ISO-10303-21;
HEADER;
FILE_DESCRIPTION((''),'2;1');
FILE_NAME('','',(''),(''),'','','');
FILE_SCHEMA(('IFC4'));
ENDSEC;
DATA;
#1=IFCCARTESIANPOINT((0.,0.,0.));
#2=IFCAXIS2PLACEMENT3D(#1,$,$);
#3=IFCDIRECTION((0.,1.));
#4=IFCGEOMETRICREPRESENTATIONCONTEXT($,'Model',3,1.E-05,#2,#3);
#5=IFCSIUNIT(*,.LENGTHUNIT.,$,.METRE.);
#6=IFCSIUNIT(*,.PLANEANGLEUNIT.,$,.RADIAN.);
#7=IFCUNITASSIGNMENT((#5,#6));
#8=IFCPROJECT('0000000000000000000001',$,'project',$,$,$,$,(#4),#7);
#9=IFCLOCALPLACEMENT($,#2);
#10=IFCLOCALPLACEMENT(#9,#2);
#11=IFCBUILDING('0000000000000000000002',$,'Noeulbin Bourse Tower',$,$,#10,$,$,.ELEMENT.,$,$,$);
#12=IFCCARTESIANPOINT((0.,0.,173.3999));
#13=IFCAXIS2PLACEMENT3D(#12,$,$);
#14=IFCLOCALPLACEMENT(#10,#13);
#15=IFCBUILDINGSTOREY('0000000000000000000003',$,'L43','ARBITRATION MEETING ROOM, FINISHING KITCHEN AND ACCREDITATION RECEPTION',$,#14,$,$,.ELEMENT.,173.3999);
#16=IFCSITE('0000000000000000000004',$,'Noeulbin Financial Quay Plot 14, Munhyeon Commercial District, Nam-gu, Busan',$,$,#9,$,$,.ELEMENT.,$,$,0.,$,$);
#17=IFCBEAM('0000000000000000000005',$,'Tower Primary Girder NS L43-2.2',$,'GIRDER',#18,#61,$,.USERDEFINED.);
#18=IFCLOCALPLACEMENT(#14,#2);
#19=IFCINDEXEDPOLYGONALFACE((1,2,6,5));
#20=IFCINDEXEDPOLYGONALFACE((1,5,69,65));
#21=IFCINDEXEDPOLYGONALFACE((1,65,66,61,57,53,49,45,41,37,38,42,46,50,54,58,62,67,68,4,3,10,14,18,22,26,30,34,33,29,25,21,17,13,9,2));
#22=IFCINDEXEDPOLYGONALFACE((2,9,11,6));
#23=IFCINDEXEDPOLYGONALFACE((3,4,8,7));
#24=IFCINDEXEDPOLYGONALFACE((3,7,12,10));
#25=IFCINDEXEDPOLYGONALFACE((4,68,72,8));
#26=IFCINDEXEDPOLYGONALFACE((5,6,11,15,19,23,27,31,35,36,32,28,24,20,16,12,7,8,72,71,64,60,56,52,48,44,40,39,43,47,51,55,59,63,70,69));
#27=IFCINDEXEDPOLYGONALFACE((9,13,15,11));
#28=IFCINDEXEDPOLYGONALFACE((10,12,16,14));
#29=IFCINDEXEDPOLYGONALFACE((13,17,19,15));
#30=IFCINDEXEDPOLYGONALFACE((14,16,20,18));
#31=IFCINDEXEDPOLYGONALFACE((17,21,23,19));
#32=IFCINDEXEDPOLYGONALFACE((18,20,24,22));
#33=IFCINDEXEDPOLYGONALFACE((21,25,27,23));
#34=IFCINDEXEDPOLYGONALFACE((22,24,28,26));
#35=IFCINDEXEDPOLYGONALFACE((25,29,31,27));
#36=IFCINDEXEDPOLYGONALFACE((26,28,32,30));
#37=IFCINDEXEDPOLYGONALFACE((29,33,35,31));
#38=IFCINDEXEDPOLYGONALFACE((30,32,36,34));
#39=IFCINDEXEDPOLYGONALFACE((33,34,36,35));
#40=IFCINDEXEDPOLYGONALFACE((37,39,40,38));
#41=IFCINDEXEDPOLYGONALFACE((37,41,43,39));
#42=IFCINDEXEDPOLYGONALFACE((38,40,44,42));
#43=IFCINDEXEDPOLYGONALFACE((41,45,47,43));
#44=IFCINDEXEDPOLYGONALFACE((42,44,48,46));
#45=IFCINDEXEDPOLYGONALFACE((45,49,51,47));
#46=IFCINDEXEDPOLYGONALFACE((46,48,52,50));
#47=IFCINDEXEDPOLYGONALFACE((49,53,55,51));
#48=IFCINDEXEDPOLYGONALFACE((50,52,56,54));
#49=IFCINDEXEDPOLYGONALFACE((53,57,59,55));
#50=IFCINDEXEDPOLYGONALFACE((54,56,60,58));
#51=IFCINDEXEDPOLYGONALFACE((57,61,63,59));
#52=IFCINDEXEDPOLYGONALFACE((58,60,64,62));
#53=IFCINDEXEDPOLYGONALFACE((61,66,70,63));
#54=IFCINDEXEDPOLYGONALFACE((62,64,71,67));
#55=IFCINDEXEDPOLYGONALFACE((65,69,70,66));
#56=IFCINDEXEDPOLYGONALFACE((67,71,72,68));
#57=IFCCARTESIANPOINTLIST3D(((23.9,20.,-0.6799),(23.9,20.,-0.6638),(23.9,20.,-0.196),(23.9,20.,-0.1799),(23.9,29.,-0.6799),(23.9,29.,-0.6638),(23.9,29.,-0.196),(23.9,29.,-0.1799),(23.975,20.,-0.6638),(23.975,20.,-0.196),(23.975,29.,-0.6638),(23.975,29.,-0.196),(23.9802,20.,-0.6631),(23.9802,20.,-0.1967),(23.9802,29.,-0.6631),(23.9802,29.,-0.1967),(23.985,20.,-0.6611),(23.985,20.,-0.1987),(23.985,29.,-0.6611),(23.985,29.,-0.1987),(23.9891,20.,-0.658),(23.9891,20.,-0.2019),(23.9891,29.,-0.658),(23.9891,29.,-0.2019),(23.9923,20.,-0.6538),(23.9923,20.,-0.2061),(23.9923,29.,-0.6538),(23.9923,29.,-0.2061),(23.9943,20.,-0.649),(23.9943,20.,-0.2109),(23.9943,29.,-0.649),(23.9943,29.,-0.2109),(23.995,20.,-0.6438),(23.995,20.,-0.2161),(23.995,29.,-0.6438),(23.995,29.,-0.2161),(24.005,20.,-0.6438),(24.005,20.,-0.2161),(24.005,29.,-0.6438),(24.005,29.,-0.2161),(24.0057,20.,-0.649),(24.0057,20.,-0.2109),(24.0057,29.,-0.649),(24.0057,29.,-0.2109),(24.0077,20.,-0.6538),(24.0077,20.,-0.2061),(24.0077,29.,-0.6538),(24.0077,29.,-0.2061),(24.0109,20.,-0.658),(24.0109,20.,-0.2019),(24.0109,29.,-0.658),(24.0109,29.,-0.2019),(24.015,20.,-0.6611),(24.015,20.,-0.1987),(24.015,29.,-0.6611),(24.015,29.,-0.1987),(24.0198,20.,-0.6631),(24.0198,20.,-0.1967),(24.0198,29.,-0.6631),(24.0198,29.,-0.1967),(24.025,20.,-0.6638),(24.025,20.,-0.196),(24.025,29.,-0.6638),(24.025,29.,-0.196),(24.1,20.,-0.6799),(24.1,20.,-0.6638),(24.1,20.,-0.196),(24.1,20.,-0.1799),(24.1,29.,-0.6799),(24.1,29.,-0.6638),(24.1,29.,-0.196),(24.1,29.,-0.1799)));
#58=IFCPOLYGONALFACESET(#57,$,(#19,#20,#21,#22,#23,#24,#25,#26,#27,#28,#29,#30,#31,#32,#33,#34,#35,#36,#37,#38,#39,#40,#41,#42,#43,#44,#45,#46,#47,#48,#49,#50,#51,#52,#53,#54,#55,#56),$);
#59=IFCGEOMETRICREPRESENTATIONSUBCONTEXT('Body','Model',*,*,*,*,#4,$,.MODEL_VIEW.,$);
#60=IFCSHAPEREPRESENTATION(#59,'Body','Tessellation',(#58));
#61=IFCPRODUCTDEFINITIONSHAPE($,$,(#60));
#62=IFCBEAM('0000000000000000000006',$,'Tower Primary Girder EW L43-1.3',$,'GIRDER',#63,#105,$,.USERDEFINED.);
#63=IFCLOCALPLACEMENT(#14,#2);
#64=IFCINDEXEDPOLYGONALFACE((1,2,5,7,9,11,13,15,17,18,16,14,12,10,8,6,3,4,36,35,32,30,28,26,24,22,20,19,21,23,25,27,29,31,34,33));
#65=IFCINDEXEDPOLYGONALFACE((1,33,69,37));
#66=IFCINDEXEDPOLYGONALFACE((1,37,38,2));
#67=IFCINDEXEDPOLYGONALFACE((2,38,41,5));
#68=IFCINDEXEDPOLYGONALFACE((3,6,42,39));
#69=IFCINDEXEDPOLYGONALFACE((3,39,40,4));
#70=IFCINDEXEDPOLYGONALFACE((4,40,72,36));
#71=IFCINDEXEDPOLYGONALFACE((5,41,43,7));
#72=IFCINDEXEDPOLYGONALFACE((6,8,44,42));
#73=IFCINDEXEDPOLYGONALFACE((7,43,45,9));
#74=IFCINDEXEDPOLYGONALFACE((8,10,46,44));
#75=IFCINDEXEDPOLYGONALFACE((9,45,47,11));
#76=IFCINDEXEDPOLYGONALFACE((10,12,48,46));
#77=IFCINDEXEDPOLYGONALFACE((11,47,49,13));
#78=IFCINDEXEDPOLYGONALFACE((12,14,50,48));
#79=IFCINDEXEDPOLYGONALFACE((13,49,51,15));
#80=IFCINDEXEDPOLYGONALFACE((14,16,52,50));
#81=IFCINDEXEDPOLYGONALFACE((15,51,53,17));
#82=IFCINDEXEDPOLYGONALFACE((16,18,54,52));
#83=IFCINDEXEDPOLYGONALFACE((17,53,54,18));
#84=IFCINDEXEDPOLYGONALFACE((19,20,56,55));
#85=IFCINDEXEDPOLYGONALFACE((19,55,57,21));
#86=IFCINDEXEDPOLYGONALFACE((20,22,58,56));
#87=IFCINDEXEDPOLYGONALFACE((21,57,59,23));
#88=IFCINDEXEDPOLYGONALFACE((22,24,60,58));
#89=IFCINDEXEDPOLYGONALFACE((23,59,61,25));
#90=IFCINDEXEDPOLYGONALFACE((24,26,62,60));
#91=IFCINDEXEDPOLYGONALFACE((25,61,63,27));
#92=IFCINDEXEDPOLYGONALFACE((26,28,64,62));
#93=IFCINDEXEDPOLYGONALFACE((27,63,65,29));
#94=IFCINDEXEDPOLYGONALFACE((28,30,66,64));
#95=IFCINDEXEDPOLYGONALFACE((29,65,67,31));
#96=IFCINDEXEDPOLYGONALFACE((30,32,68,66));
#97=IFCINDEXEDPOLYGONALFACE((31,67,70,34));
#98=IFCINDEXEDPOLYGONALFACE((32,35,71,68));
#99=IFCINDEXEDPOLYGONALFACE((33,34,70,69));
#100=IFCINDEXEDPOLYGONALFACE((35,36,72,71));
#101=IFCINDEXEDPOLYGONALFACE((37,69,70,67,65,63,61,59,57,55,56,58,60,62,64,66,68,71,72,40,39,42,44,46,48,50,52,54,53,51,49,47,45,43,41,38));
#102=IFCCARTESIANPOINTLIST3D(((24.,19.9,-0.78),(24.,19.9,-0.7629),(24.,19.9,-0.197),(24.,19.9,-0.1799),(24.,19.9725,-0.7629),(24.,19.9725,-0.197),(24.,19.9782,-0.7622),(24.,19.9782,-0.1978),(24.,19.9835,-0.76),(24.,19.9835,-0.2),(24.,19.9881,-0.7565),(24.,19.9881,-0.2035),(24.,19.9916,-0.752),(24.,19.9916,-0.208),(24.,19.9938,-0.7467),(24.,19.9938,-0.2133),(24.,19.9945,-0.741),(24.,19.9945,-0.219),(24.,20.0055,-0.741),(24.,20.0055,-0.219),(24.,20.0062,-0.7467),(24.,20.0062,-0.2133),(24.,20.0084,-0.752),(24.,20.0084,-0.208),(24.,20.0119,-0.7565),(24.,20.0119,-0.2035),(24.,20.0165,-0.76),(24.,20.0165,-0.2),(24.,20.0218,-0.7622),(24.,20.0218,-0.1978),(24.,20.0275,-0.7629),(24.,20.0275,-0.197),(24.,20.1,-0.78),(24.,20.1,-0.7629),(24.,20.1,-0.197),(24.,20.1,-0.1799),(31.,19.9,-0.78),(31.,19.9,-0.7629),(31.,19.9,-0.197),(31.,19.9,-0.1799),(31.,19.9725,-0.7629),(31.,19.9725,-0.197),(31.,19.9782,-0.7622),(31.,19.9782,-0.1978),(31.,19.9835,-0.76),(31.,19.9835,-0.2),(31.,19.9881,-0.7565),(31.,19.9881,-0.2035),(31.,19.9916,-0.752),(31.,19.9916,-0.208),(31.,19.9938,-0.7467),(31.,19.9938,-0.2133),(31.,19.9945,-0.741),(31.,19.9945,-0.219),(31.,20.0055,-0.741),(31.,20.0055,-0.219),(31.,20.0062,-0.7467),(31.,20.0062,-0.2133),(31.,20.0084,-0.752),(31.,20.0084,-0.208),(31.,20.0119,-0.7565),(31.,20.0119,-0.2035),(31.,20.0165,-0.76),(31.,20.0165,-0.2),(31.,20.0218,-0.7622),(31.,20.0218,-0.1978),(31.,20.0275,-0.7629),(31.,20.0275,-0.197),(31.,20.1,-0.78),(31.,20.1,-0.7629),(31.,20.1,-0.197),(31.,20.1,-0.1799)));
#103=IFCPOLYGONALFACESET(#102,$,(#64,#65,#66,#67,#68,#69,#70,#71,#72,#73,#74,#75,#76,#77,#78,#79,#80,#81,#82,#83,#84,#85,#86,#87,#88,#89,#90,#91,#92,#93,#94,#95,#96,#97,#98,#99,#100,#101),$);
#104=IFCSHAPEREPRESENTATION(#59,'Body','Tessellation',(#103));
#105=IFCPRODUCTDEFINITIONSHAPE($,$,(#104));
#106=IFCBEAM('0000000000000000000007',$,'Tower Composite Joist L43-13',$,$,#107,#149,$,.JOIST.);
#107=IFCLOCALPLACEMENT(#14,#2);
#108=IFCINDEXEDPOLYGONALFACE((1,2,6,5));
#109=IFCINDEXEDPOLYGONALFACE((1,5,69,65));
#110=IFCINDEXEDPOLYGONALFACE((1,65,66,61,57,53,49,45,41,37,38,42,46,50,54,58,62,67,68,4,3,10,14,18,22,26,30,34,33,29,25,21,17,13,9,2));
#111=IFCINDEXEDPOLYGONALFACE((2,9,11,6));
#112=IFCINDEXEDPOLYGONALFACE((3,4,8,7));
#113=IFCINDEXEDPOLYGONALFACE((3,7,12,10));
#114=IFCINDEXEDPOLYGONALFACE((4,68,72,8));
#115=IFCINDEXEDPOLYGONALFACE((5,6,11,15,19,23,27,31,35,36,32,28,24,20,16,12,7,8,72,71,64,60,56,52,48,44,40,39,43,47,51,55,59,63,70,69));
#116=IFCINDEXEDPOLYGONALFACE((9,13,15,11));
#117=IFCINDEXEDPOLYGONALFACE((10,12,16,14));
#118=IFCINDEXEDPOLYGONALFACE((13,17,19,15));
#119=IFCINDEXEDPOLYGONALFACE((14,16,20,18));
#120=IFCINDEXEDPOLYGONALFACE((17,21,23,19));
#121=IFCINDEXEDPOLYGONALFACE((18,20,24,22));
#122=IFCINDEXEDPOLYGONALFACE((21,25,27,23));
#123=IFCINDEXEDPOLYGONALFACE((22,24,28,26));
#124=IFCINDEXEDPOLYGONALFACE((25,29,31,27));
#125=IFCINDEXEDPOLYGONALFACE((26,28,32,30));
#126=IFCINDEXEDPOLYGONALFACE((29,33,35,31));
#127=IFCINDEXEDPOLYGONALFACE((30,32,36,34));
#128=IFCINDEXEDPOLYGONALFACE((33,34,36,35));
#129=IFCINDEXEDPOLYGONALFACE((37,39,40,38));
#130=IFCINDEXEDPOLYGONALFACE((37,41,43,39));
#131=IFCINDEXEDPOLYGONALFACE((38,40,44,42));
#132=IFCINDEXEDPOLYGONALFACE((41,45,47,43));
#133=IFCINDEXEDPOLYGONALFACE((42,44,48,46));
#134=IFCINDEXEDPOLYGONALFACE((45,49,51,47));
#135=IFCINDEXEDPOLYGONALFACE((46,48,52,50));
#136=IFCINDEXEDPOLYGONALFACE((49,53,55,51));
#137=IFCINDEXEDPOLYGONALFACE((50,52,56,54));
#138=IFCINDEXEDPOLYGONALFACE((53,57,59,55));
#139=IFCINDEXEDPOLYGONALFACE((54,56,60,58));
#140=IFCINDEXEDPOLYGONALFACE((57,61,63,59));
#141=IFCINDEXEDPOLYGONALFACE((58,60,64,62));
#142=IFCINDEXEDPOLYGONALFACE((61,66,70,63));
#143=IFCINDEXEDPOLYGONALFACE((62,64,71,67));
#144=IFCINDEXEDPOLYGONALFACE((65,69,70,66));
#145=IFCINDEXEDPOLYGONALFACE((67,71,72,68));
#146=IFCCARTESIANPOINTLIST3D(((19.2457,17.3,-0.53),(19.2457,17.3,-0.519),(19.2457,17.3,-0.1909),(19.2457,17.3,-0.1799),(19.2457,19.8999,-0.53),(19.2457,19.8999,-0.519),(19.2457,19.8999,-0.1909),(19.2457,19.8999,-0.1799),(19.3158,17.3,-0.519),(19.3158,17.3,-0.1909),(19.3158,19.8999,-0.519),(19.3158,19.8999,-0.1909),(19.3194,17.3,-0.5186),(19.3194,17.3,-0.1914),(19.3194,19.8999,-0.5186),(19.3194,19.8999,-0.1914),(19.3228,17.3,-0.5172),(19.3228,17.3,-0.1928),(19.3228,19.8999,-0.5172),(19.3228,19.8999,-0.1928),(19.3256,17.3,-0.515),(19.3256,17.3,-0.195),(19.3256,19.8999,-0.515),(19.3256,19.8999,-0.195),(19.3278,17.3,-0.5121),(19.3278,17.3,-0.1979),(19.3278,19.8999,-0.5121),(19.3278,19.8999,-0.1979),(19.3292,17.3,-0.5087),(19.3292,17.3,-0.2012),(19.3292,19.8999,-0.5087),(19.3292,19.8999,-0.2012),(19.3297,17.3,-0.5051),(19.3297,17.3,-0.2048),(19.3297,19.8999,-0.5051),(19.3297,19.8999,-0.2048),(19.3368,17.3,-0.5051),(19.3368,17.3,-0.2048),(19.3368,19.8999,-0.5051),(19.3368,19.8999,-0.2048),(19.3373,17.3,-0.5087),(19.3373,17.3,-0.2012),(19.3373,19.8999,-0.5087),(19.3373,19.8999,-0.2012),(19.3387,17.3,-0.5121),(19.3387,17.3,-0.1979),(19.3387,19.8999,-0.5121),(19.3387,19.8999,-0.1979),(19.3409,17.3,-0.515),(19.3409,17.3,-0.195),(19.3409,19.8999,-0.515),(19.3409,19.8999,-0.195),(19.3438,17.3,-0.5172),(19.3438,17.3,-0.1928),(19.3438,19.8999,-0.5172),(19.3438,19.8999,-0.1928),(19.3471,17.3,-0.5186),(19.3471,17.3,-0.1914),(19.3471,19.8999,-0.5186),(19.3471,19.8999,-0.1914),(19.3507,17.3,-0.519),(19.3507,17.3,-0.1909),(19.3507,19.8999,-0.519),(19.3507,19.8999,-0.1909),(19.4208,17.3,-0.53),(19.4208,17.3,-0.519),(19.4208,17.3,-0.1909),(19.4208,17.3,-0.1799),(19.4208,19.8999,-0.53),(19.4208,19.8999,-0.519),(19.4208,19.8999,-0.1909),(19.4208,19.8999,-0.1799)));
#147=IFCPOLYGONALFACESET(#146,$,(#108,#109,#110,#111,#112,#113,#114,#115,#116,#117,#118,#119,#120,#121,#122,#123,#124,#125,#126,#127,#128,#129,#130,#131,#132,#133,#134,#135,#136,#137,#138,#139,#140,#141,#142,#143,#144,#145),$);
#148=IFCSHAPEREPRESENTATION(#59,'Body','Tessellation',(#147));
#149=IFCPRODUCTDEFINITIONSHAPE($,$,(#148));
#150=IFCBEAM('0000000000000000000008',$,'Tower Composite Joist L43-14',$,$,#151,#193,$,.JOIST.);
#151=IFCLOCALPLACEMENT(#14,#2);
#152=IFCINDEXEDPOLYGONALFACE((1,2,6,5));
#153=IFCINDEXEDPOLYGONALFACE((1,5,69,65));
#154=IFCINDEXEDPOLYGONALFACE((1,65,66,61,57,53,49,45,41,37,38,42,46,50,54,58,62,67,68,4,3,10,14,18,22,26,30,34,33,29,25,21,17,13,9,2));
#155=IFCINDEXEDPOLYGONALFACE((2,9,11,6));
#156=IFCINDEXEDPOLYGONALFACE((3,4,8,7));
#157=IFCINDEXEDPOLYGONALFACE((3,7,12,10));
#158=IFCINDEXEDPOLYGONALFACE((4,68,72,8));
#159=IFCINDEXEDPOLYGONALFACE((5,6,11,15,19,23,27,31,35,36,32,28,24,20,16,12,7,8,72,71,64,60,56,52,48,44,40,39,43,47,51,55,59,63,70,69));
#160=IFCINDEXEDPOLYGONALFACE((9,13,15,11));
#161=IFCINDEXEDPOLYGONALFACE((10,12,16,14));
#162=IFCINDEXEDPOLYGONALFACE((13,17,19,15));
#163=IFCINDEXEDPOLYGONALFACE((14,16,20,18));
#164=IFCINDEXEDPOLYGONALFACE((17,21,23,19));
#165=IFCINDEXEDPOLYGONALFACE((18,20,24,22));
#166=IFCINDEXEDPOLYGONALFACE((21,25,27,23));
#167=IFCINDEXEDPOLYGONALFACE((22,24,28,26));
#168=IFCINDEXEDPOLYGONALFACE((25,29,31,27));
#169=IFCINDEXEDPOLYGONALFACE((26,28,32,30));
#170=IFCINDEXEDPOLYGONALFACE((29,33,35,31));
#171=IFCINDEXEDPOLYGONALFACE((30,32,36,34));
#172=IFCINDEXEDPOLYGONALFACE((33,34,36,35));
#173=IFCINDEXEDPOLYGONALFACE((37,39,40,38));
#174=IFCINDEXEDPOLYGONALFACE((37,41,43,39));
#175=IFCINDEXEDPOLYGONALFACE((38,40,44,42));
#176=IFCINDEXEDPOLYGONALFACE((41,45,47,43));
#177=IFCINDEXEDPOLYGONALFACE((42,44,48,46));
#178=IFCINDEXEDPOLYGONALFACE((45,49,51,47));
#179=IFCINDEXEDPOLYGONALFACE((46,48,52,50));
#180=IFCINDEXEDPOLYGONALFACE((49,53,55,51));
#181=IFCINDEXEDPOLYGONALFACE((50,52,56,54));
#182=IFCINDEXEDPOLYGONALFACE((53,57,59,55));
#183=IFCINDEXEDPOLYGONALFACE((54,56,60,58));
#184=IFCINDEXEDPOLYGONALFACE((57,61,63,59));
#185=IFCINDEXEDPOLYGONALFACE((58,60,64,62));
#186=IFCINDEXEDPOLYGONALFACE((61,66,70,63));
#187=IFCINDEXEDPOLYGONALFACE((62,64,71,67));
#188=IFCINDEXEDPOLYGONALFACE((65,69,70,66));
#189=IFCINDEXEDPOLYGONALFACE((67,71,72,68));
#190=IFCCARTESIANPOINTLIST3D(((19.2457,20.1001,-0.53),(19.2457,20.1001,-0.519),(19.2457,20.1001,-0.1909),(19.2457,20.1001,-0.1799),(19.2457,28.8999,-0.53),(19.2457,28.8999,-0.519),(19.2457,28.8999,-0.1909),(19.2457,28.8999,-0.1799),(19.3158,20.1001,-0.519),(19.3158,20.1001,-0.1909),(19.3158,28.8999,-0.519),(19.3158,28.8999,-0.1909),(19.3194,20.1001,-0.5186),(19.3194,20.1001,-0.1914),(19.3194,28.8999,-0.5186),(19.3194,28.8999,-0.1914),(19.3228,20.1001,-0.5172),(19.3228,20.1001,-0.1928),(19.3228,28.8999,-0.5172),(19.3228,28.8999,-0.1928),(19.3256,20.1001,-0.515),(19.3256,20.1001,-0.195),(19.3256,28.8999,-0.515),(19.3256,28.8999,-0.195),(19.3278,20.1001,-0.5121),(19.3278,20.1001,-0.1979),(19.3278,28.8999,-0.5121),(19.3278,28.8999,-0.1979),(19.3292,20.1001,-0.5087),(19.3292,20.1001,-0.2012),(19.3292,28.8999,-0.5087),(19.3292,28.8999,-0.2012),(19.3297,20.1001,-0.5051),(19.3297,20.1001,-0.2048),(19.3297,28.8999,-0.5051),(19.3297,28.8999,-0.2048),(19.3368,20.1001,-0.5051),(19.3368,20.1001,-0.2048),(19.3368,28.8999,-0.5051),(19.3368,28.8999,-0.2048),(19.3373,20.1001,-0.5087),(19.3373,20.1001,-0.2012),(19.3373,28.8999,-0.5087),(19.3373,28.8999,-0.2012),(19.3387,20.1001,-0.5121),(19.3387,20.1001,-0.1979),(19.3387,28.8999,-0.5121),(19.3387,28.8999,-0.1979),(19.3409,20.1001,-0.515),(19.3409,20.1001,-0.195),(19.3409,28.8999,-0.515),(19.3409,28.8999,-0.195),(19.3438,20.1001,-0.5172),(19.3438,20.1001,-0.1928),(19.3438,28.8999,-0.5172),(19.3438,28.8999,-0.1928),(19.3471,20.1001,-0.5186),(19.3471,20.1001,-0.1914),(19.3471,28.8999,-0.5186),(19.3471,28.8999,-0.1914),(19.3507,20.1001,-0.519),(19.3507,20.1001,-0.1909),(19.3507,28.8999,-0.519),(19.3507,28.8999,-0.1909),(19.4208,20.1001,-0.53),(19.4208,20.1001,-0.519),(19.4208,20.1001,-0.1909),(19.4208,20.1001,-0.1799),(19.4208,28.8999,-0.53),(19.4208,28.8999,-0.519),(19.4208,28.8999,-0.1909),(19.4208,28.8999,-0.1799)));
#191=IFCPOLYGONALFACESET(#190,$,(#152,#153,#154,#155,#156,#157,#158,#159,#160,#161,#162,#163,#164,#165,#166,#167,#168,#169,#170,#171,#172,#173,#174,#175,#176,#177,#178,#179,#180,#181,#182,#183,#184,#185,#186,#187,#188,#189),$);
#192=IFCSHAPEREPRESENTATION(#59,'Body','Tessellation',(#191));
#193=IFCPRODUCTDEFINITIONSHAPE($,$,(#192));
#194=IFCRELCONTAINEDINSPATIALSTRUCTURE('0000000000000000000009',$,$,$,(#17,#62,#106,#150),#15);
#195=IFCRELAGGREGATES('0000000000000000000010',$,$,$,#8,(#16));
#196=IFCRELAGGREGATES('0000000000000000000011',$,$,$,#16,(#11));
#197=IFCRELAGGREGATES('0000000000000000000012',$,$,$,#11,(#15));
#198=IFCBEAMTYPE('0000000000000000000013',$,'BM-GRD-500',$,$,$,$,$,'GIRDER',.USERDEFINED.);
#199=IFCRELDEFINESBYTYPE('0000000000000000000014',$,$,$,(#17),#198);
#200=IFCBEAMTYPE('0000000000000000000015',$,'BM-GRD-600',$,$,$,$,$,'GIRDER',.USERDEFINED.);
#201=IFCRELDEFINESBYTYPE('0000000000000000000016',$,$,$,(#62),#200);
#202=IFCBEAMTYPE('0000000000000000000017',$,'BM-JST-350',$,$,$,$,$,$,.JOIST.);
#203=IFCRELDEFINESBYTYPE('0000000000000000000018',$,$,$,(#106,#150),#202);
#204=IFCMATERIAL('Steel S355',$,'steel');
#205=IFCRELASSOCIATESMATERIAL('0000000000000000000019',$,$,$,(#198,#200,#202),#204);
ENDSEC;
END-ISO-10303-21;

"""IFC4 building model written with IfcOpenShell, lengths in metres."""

from ifc_helpers import new_model, si_unit, direction, frame, origin, origin_2d, place, context, subcontext, project, spatial, i_section, extrude, material, material_profile, profile_set, type_object, element, save


model = new_model("IFC4")

# Units and contexts
model_context = context("Model", 3, precision=1e-05, world=origin(), true_north=direction((0.0, 1.0)))
body_context = subcontext(model_context, "Body", "Model", "MODEL_VIEW")
ifc_project = project(units=[si_unit("LENGTHUNIT", "METRE"), si_unit("PLANEANGLEUNIT", "RADIAN")], contexts=[model_context])

# Site, building, storey
site_placement = place(None, origin())
site = spatial("IfcSite", under=ifc_project, at=site_placement, Name="Noeulbin Financial Quay Plot 14, Munhyeon Commercial District, Nam-gu, Busan", CompositionType="ELEMENT", RefElevation=0.0)
building_placement = place(site_placement, origin())
building = spatial("IfcBuilding", under=site, at=building_placement, Name="Noeulbin Bourse Tower", CompositionType="ELEMENT")
storey_placement = place(building_placement, frame((0.0, 0.0, 173.3999)))
storey = spatial("IfcBuildingStorey", under=building, at=storey_placement, Name="L43", Description="ARBITRATION MEETING ROOM, FINISHING KITCHEN AND ACCREDITATION RECEPTION", CompositionType="ELEMENT", Elevation=173.3999)

# Shared definitions
ifc_material_1 = material(Name="Steel S355", Category="steel")

# Beams
ifc_material_profile_1 = material_profile(ifc_material_1, i_section(OverallWidth=0.2, OverallDepth=0.5, WebThickness=0.01, FlangeThickness=0.0161, FilletRadius=0.02, at=origin_2d()), Name="H-500x200x10x16", Category="LoadBearing")
ifc_profile_set_1 = profile_set([ifc_material_profile_1], Name="Steel S355")
beam_type_1 = type_object("IfcBeamType", Name="BM-GRD-500", ElementType="GIRDER", PredefinedType="USERDEFINED", material=ifc_profile_set_1)
beam_1_placement = place(storey_placement, frame((24.0, 20.0, -0.4299), z_axis=(0.0, 1.0, 0.0), x_axis=(-1.0, 0.0, 0.0)))
element("IfcBeam", 1, at=beam_1_placement, inside=storey, type_object=beam_type_1, Name="Tower Primary Girder NS L43-2.2", ObjectType="GIRDER", PredefinedType="USERDEFINED", context=body_context, shape_type="SweptSolid", body=[
    extrude(i_section(OverallWidth=0.2, OverallDepth=0.5, WebThickness=0.01, FlangeThickness=0.0161, FilletRadius=0.02, at=origin_2d()), origin(), (0.0, 0.0, 1.0), 9.0),
])
ifc_material_profile_2 = material_profile(ifc_material_1, i_section(OverallWidth=0.2, OverallDepth=0.6001, WebThickness=0.011, FlangeThickness=0.0171, FilletRadius=0.022, at=origin_2d()), Name="H-600x200x11x17", Category="LoadBearing")
ifc_profile_set_2 = profile_set([ifc_material_profile_2], Name="Steel S355")
beam_type_2 = type_object("IfcBeamType", Name="BM-GRD-600", ElementType="GIRDER", PredefinedType="USERDEFINED", material=ifc_profile_set_2)
beam_2_placement = place(storey_placement, frame((24.0, 20.0, -0.48), z_axis=(1.0, 0.0, 0.0), x_axis=(0.0, 1.0, 0.0)))
element("IfcBeam", 2, at=beam_2_placement, inside=storey, type_object=beam_type_2, Name="Tower Primary Girder EW L43-1.3", ObjectType="GIRDER", PredefinedType="USERDEFINED", context=body_context, shape_type="SweptSolid", body=[
    extrude(i_section(OverallWidth=0.2, OverallDepth=0.6001, WebThickness=0.011, FlangeThickness=0.0171, FilletRadius=0.022, at=origin_2d()), origin(), (0.0, 0.0, 1.0), 7.0),
])
ifc_material_profile_3 = material_profile(ifc_material_1, i_section(OverallWidth=0.175, OverallDepth=0.3501, WebThickness=0.0071, FlangeThickness=0.011, FilletRadius=0.0139, at=origin_2d()), Name="H-350x175x7x11", Category="LoadBearing")
ifc_profile_set_3 = profile_set([ifc_material_profile_3], Name="Steel S355")
beam_type_3 = type_object("IfcBeamType", Name="BM-JST-350", PredefinedType="JOIST", material=ifc_profile_set_3)
beam_3_placement = place(storey_placement, frame((19.3333, 17.3, -0.355), z_axis=(0.0, 1.0, 0.0), x_axis=(-1.0, 0.0, 0.0)))
element("IfcBeam", 3, at=beam_3_placement, inside=storey, type_object=beam_type_3, Name="Tower Composite Joist L43-13", PredefinedType="JOIST", context=body_context, shape_type="SweptSolid", body=[
    extrude(i_section(OverallWidth=0.175, OverallDepth=0.3501, WebThickness=0.0071, FlangeThickness=0.011, FilletRadius=0.0139, at=origin_2d()), origin(), (0.0, 0.0, 1.0), 2.5999),
])
beam_4_placement = place(storey_placement, frame((19.3333, 20.1001, -0.355), z_axis=(0.0, 1.0, 0.0), x_axis=(-1.0, 0.0, 0.0)))
element("IfcBeam", 4, at=beam_4_placement, inside=storey, type_object=beam_type_3, Name="Tower Composite Joist L43-14", PredefinedType="JOIST", context=body_context, shape_type="SweptSolid", body=[
    extrude(i_section(OverallWidth=0.175, OverallDepth=0.3501, WebThickness=0.0071, FlangeThickness=0.011, FilletRadius=0.0139, at=origin_2d()), origin(), (0.0, 0.0, 1.0), 8.7998),
])

save(model, "model.ifc")
